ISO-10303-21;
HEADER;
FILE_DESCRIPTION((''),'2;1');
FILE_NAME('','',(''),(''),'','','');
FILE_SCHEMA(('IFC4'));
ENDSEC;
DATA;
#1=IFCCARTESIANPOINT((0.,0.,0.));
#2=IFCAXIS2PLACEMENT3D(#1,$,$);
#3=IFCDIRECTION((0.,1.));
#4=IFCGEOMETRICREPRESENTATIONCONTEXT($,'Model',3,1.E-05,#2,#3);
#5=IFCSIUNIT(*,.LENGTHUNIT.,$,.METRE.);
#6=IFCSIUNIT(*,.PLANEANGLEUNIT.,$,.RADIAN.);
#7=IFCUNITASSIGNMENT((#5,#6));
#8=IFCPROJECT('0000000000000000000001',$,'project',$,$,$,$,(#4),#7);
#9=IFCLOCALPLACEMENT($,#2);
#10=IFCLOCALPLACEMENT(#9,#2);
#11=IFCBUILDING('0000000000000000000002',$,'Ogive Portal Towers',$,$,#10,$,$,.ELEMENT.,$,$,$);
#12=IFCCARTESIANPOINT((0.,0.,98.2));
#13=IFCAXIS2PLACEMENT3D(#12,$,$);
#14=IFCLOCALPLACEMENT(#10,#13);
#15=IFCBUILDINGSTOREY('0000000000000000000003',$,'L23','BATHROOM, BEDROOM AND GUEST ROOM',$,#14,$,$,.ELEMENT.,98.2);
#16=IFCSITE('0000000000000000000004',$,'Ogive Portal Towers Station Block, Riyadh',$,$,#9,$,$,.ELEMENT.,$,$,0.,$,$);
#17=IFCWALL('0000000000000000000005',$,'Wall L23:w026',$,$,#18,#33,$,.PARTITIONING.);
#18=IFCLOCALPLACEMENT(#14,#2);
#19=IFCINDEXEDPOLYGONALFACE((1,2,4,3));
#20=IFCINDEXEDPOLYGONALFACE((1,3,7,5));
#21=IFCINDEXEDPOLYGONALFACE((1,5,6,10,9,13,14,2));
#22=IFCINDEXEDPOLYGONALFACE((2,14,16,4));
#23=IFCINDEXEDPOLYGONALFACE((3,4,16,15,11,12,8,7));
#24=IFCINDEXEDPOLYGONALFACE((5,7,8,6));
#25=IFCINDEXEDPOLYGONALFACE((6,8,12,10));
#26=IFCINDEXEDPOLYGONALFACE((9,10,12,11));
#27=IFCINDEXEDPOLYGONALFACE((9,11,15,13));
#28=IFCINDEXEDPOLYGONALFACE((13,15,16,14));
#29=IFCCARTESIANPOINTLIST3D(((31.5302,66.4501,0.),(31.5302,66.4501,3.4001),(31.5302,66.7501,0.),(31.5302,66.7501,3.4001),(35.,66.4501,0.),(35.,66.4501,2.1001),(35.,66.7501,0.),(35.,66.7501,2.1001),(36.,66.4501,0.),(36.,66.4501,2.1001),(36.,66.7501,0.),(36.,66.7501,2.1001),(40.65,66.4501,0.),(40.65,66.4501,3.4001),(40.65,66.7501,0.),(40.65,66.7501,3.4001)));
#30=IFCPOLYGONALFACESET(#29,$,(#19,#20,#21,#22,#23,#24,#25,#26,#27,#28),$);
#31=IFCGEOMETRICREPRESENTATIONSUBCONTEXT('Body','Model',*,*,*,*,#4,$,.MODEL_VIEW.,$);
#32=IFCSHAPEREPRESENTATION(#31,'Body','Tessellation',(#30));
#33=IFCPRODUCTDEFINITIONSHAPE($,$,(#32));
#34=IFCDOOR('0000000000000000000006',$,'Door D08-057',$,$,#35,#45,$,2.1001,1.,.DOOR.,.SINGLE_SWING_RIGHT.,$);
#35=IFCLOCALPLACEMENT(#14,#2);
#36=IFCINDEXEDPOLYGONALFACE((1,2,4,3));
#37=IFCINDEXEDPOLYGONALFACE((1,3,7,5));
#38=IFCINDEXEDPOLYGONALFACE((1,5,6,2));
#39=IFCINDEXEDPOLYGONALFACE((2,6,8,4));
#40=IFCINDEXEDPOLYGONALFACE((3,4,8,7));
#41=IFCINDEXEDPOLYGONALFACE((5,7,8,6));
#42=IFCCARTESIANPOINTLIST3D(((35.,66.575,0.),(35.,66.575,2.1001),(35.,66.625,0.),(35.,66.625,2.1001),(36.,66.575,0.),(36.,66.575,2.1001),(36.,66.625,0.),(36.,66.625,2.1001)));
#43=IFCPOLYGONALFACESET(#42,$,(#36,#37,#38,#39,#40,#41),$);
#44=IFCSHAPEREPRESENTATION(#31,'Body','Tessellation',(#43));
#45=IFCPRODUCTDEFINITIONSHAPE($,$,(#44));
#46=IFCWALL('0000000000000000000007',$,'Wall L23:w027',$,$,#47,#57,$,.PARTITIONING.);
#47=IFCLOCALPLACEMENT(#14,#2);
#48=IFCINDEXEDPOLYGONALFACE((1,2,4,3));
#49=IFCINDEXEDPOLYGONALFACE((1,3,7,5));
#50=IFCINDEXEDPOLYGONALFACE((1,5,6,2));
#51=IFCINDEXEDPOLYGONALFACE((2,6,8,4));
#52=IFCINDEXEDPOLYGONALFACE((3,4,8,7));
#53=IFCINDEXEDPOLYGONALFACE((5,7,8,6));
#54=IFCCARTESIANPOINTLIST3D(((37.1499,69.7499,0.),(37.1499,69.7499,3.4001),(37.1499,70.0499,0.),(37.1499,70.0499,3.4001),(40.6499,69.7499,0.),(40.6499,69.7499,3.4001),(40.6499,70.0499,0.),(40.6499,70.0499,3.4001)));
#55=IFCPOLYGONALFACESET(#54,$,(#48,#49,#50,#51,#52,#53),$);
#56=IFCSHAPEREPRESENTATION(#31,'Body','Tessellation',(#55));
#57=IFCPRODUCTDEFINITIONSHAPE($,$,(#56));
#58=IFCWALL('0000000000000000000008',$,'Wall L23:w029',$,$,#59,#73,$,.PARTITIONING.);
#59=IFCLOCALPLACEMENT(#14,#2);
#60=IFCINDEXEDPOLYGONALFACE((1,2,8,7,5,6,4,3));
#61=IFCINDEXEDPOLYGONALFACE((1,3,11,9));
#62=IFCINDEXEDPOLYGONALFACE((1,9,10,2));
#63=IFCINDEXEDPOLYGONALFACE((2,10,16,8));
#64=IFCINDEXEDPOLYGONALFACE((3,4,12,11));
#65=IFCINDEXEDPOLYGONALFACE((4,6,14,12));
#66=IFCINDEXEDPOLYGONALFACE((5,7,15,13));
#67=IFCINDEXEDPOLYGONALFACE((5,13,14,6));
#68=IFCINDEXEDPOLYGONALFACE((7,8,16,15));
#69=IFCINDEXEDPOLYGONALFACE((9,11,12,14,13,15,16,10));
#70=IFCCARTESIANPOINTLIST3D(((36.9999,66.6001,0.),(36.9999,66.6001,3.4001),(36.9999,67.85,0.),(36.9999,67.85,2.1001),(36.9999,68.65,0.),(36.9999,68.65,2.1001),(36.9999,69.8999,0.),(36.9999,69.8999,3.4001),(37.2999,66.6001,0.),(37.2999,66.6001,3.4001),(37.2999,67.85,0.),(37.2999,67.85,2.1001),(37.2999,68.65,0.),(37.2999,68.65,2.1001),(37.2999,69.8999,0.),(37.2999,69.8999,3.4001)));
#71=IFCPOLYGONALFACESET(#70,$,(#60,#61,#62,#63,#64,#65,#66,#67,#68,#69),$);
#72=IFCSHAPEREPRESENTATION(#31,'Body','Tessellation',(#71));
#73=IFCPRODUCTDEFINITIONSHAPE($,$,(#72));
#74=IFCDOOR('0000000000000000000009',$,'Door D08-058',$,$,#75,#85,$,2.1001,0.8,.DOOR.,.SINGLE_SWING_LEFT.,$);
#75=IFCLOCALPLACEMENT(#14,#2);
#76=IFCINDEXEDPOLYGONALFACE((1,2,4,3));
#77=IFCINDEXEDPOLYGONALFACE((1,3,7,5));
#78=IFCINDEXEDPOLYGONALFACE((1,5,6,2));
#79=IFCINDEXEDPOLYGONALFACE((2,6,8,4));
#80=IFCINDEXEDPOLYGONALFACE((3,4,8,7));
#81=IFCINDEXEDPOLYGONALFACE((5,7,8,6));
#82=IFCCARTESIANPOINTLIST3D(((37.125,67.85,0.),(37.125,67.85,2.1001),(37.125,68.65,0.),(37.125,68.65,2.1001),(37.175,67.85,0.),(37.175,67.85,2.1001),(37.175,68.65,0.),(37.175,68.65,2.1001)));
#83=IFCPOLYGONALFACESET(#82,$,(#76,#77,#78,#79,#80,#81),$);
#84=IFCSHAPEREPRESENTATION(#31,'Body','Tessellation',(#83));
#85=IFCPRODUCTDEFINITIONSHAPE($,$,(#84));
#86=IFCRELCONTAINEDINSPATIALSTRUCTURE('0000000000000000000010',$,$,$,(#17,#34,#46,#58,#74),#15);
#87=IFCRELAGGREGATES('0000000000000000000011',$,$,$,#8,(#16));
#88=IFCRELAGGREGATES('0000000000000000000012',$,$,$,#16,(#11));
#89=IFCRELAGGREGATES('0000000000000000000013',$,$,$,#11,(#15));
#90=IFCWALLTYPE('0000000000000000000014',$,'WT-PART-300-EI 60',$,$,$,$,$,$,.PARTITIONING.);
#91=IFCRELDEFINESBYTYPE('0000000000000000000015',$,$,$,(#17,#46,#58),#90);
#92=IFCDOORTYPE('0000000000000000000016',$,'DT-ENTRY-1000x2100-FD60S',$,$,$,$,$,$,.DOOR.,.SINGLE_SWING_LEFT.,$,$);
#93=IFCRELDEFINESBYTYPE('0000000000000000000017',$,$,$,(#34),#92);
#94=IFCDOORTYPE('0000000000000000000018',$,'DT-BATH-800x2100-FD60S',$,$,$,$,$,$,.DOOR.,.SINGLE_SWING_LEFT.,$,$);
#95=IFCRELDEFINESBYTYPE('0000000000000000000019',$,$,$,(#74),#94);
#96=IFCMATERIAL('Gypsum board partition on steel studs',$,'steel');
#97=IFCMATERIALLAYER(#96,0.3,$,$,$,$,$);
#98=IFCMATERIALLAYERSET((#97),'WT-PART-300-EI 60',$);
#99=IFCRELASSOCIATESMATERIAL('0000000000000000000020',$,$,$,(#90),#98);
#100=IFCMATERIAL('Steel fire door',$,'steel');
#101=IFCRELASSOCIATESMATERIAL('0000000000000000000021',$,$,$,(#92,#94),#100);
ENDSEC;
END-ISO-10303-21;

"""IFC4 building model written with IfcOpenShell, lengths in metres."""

from ifc_helpers import new_model, si_unit, direction, frame, frame_2d, origin, place, context, subcontext, project, spatial, rectangle, extrude, material, layer, layer_set, type_object, element, fill, save


model = new_model("IFC4")

# Units and contexts
model_context = context("Model", 3, precision=1e-05, world=origin(), true_north=direction((0.0, 1.0)))
body_context = subcontext(model_context, "Body", "Model", "MODEL_VIEW")
ifc_project = project(units=[si_unit("LENGTHUNIT", "METRE"), si_unit("PLANEANGLEUNIT", "RADIAN")], contexts=[model_context])

# Site, building, storey
site_placement = place(None, origin())
site = spatial("IfcSite", under=ifc_project, at=site_placement, Name="Ogive Portal Towers Station Block, Riyadh", CompositionType="ELEMENT", RefElevation=0.0)
building_placement = place(site_placement, origin())
building = spatial("IfcBuilding", under=site, at=building_placement, Name="Ogive Portal Towers", CompositionType="ELEMENT")
storey_placement = place(building_placement, frame((0.0, 0.0, 98.2)))
storey = spatial("IfcBuildingStorey", under=building, at=storey_placement, Name="L23", Description="BATHROOM, BEDROOM AND GUEST ROOM", CompositionType="ELEMENT", Elevation=98.2)

# Shared definitions
ifc_material_1 = material(Name="Steel fire door", Category="steel")

# Wall, opening, door
ifc_material_2 = material(Name="Gypsum board partition on steel studs", Category="steel")
ifc_layer_1 = layer(ifc_material_2, 0.3)
ifc_layer_set_1 = layer_set([ifc_layer_1], Name="WT-PART-300-EI 60")
wall_type_1 = type_object("IfcWallType", Name="WT-PART-300-EI 60", PredefinedType="PARTITIONING", material=ifc_layer_set_1)
wall_1_placement = place(storey_placement, frame((31.53, 66.6001, 0.0), z_axis=(0.0, 0.0, 1.0), x_axis=(1.0, 0.0, 0.0)))
wall_1 = element("IfcWall", 1, at=wall_1_placement, inside=storey, type_object=wall_type_1, Name="Wall L23:w026", PredefinedType="PARTITIONING", context=body_context, shape_type="SweptSolid", body=[
    extrude(rectangle(XDim=9.1199, YDim=0.3, at=frame_2d((4.5601, 0.0))), origin(), (0.0, 0.0, 1.0), 3.4001),
])
opening_1_placement = place(wall_1_placement, frame((3.47, 0.0, 0.0)))
opening_1 = element("IfcOpeningElement", 2, at=opening_1_placement, cuts=wall_1, PredefinedType="OPENING", context=body_context, shape_type="SweptSolid", body=[
    extrude(rectangle(XDim=1.0, YDim=2.1001, at=frame_2d((0.5, 1.05))), frame((0.0, 0.1602, 0.0), z_axis=(0.0, -1.0, 0.0), x_axis=(1.0, 0.0, 0.0)), (0.0, 0.0, 1.0), 0.3201),
])
door_type_1 = type_object("IfcDoorType", Name="DT-ENTRY-1000x2100-FD60S", OperationType="SINGLE_SWING_LEFT", PredefinedType="DOOR", material=ifc_material_1)
door_1_placement = place(opening_1_placement, origin())
door_1 = element("IfcDoor", 3, at=door_1_placement, inside=storey, type_object=door_type_1, Name="Door D08-057", OperationType="SINGLE_SWING_RIGHT", OverallHeight=2.1001, OverallWidth=1.0, PredefinedType="DOOR", context=body_context, shape_type="SweptSolid", body=[
    extrude(rectangle(XDim=1.0, YDim=2.1001, at=frame_2d((0.5, 1.05))), frame((0.0, 0.0249, 0.0), z_axis=(0.0, -1.0, 0.0), x_axis=(1.0, 0.0, 0.0)), (0.0, 0.0, 1.0), 0.05),
])
fill(opening_1, door_1)

# Wall
wall_2_placement = place(storey_placement, frame((37.1499, 69.8999, 0.0), z_axis=(0.0, 0.0, 1.0), x_axis=(1.0, 0.0, 0.0)))
element("IfcWall", 4, at=wall_2_placement, inside=storey, type_object=wall_type_1, Name="Wall L23:w027", PredefinedType="PARTITIONING", context=body_context, shape_type="SweptSolid", body=[
    extrude(rectangle(XDim=3.5, YDim=0.3, at=frame_2d((1.75, 0.0))), origin(), (0.0, 0.0, 1.0), 3.4001),
])

# Wall, opening, door
wall_3_placement = place(storey_placement, frame((37.1499, 66.6001, 0.0), z_axis=(0.0, 0.0, 1.0), x_axis=(0.0, 1.0, 0.0)))
wall_3 = element("IfcWall", 5, at=wall_3_placement, inside=storey, type_object=wall_type_1, Name="Wall L23:w029", PredefinedType="PARTITIONING", context=body_context, shape_type="SweptSolid", body=[
    extrude(rectangle(XDim=3.2998, YDim=0.3, at=frame_2d((1.6499, 0.0))), origin(), (0.0, 0.0, 1.0), 3.4001),
])
opening_2_placement = place(wall_3_placement, frame((1.25, 0.0, 0.0)))
opening_2 = element("IfcOpeningElement", 6, at=opening_2_placement, cuts=wall_3, PredefinedType="OPENING", context=body_context, shape_type="SweptSolid", body=[
    extrude(rectangle(XDim=0.8, YDim=2.1001, at=frame_2d((0.3999, 1.05))), frame((0.0, 0.1602, 0.0), z_axis=(0.0, -1.0, 0.0), x_axis=(1.0, 0.0, 0.0)), (0.0, 0.0, 1.0), 0.3201),
])
door_type_2 = type_object("IfcDoorType", Name="DT-BATH-800x2100-FD60S", OperationType="SINGLE_SWING_LEFT", PredefinedType="DOOR", material=ifc_material_1)
door_2_placement = place(opening_2_placement, origin())
door_2 = element("IfcDoor", 7, at=door_2_placement, inside=storey, type_object=door_type_2, Name="Door D08-058", OperationType="SINGLE_SWING_LEFT", OverallHeight=2.1001, OverallWidth=0.8, PredefinedType="DOOR", context=body_context, shape_type="SweptSolid", body=[
    extrude(rectangle(XDim=0.8, YDim=2.1001, at=frame_2d((0.3999, 1.05))), frame((0.0, 0.0249, 0.0), z_axis=(0.0, -1.0, 0.0), x_axis=(1.0, 0.0, 0.0)), (0.0, 0.0, 1.0), 0.05),
])
fill(opening_2, door_2)

save(model, "model.ifc")
